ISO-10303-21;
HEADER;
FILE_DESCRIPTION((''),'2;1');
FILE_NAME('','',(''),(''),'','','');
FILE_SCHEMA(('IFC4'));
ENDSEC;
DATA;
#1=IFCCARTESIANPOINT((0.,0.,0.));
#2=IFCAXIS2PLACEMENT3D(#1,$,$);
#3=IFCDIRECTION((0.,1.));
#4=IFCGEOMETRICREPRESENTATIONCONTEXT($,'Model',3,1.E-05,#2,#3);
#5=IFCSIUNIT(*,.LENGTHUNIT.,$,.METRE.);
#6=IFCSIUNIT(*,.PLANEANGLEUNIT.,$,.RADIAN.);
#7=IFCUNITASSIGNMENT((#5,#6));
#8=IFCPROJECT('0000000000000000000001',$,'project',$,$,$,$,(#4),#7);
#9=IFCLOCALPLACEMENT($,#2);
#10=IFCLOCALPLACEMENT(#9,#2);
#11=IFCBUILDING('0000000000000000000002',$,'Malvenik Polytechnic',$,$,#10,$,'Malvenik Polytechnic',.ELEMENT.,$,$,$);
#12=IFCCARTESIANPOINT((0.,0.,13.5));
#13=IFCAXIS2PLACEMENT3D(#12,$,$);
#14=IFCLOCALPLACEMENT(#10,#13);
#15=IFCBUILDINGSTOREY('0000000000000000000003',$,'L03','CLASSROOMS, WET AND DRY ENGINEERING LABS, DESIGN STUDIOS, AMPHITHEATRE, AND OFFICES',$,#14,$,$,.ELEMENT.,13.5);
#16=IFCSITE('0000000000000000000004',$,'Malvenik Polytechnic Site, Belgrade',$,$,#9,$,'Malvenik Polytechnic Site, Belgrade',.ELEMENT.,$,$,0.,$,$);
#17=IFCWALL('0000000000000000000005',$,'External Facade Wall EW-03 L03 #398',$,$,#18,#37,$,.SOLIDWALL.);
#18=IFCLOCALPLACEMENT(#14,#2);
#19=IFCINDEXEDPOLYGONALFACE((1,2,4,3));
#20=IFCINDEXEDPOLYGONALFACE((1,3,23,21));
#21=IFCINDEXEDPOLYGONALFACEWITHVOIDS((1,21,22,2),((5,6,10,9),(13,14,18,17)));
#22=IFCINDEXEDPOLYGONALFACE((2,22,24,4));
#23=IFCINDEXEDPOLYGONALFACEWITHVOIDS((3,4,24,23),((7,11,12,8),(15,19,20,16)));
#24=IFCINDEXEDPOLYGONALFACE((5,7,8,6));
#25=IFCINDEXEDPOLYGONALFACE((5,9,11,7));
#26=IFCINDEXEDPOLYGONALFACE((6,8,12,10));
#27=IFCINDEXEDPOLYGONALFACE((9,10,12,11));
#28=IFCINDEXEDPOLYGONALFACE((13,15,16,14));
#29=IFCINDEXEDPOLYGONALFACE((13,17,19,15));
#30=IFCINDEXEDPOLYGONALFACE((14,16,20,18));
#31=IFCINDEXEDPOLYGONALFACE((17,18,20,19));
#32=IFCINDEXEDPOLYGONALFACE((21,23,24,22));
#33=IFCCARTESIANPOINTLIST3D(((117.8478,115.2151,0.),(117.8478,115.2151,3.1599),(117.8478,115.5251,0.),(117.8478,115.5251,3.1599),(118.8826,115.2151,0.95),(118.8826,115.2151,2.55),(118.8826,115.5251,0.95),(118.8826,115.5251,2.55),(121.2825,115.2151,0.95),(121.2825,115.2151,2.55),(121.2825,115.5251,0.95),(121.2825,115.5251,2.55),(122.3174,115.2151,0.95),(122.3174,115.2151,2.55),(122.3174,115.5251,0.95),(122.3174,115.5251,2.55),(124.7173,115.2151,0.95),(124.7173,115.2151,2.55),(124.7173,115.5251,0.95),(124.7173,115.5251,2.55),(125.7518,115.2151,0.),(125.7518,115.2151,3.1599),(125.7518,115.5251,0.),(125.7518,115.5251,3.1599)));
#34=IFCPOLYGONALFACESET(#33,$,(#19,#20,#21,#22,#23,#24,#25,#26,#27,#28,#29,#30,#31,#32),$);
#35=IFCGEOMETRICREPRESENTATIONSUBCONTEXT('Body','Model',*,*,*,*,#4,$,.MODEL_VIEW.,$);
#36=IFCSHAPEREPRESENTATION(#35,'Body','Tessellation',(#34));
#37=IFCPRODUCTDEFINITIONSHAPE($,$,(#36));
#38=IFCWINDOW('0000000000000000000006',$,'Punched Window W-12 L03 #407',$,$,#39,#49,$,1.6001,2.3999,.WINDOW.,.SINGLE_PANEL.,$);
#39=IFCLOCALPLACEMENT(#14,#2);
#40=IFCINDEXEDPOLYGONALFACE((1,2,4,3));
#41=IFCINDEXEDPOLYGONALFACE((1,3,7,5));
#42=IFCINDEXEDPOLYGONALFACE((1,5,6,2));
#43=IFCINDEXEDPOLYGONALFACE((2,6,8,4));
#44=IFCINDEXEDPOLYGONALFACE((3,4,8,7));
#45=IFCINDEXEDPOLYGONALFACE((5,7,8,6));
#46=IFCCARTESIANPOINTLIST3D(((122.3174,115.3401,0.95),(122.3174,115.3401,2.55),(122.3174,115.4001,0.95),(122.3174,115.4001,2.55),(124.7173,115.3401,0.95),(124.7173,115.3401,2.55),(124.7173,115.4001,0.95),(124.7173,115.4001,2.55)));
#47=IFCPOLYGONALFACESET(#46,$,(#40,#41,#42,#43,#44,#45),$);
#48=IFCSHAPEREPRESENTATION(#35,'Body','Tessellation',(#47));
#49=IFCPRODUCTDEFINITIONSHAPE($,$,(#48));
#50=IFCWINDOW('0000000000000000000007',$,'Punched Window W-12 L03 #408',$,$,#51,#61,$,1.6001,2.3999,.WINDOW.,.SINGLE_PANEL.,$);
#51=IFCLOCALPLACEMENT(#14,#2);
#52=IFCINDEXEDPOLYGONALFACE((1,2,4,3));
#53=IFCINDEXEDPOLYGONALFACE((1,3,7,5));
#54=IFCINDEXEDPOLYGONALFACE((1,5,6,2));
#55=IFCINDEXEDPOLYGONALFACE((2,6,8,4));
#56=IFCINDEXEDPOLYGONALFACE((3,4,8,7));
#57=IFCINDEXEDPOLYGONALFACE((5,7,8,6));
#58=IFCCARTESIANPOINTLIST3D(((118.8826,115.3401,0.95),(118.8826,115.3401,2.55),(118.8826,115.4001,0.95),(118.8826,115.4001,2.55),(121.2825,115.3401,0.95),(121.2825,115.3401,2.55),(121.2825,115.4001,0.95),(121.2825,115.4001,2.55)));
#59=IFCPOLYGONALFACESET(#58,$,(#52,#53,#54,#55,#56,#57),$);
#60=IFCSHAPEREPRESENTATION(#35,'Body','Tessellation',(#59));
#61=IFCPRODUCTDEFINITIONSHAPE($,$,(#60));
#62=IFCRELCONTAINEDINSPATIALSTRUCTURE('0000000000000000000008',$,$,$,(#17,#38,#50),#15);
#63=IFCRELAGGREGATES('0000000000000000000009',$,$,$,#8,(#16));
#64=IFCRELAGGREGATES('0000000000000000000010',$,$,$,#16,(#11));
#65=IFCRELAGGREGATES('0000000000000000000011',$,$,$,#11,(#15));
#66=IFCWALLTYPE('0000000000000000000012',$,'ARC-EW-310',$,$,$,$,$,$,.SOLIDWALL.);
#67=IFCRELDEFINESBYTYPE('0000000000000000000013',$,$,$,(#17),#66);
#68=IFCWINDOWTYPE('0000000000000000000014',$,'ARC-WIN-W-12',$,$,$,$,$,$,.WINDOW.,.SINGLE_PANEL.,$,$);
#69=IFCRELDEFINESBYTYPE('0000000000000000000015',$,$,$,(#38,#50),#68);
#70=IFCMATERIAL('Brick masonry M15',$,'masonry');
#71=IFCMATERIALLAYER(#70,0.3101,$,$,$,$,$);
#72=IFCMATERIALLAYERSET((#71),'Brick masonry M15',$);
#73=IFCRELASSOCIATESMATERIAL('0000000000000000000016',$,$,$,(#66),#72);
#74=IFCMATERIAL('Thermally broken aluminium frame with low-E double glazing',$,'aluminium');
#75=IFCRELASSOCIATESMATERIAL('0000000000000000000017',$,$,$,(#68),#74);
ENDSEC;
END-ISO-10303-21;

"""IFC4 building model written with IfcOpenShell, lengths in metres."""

from ifc_helpers import new_model, si_unit, direction, frame, frame_2d, origin, place, context, subcontext, project, spatial, rectangle, extrude, material, layer, layer_set, type_object, element, fill, save


model = new_model("IFC4")

# Units and contexts
model_context = context("Model", 3, precision=1e-05, world=origin(), true_north=direction((0.0, 1.0)))
body_context = subcontext(model_context, "Body", "Model", "MODEL_VIEW")
ifc_project = project(units=[si_unit("LENGTHUNIT", "METRE"), si_unit("PLANEANGLEUNIT", "RADIAN")], contexts=[model_context])

# Site, building, storey
site_placement = place(None, origin())
site = spatial("IfcSite", under=ifc_project, at=site_placement, Name="Malvenik Polytechnic Site, Belgrade", LongName="Malvenik Polytechnic Site, Belgrade", CompositionType="ELEMENT", RefElevation=0.0)
building_placement = place(site_placement, origin())
building = spatial("IfcBuilding", under=site, at=building_placement, Name="Malvenik Polytechnic", LongName="Malvenik Polytechnic", CompositionType="ELEMENT")
storey_placement = place(building_placement, frame((0.0, 0.0, 13.5)))
storey = spatial("IfcBuildingStorey", under=building, at=storey_placement, Name="L03", Description="CLASSROOMS, WET AND DRY ENGINEERING LABS, DESIGN STUDIOS, AMPHITHEATRE, AND OFFICES", CompositionType="ELEMENT", Elevation=13.5)

# Wall, openings, windows
ifc_material_1 = material(Name="Brick masonry M15", Category="masonry")
ifc_layer_1 = layer(ifc_material_1, 0.3101)
ifc_layer_set_1 = layer_set([ifc_layer_1], Name="Brick masonry M15")
wall_type = type_object("IfcWallType", Name="ARC-EW-310", PredefinedType="SOLIDWALL", material=ifc_layer_set_1)
wall_placement = place(storey_placement, frame((125.752, 115.3701, 0.0), z_axis=(0.0, 0.0, 1.0), x_axis=(-1.0, 0.0, 0.0)))
wall = element("IfcWall", 1, at=wall_placement, inside=storey, type_object=wall_type, Name="External Facade Wall EW-03 L03 #398", PredefinedType="SOLIDWALL", context=body_context, shape_type="SweptSolid", body=[
    extrude(rectangle(XDim=7.9041, YDim=0.3101, at=frame_2d((3.9521, 0.0))), origin(), (0.0, 0.0, 1.0), 3.1599),
])
opening_1_placement = place(wall_placement, frame((1.0347, 0.0, 0.95)))
opening_1 = element("IfcOpeningElement", 2, at=opening_1_placement, cuts=wall, PredefinedType="OPENING", context=body_context, shape_type="SweptSolid", body=[
    extrude(rectangle(XDim=2.3999, YDim=1.6001, at=frame_2d((1.2, 0.8))), frame((0.0, 0.165, 0.0), z_axis=(0.0, -1.0, 0.0), x_axis=(1.0, 0.0, 0.0)), (0.0, 0.0, 1.0), 0.3301),
])
opening_2_placement = place(wall_placement, frame((4.4695, 0.0, 0.95)))
opening_2 = element("IfcOpeningElement", 3, at=opening_2_placement, cuts=wall, PredefinedType="OPENING", context=body_context, shape_type="SweptSolid", body=[
    extrude(rectangle(XDim=2.3999, YDim=1.6001, at=frame_2d((1.2, 0.8))), frame((0.0, 0.165, 0.0), z_axis=(0.0, -1.0, 0.0), x_axis=(1.0, 0.0, 0.0)), (0.0, 0.0, 1.0), 0.3301),
])
ifc_material_2 = material(Name="Thermally broken aluminium frame with low-E double glazing", Category="aluminium")
window_type = type_object("IfcWindowType", Name="ARC-WIN-W-12", PartitioningType="SINGLE_PANEL", PredefinedType="WINDOW", material=ifc_material_2)
window_1_placement = place(opening_1_placement, origin())
window_1 = element("IfcWindow", 4, at=window_1_placement, inside=storey, type_object=window_type, Name="Punched Window W-12 L03 #407", OverallHeight=1.6001, OverallWidth=2.3999, PartitioningType="SINGLE_PANEL", PredefinedType="WINDOW", context=body_context, shape_type="SweptSolid", body=[
    extrude(rectangle(XDim=2.3999, YDim=1.6001, at=frame_2d((1.2, 0.8))), frame((0.0, 0.03, 0.0), z_axis=(0.0, -1.0, 0.0), x_axis=(1.0, 0.0, 0.0)), (0.0, 0.0, 1.0), 0.0601),
])
fill(opening_1, window_1)
window_2_placement = place(opening_2_placement, origin())
window_2 = element("IfcWindow", 5, at=window_2_placement, inside=storey, type_object=window_type, Name="Punched Window W-12 L03 #408", OverallHeight=1.6001, OverallWidth=2.3999, PartitioningType="SINGLE_PANEL", PredefinedType="WINDOW", context=body_context, shape_type="SweptSolid", body=[
    extrude(rectangle(XDim=2.3999, YDim=1.6001, at=frame_2d((1.2, 0.8))), frame((0.0, 0.03, 0.0), z_axis=(0.0, -1.0, 0.0), x_axis=(1.0, 0.0, 0.0)), (0.0, 0.0, 1.0), 0.0601),
])
fill(opening_2, window_2)

save(model, "model.ifc")
